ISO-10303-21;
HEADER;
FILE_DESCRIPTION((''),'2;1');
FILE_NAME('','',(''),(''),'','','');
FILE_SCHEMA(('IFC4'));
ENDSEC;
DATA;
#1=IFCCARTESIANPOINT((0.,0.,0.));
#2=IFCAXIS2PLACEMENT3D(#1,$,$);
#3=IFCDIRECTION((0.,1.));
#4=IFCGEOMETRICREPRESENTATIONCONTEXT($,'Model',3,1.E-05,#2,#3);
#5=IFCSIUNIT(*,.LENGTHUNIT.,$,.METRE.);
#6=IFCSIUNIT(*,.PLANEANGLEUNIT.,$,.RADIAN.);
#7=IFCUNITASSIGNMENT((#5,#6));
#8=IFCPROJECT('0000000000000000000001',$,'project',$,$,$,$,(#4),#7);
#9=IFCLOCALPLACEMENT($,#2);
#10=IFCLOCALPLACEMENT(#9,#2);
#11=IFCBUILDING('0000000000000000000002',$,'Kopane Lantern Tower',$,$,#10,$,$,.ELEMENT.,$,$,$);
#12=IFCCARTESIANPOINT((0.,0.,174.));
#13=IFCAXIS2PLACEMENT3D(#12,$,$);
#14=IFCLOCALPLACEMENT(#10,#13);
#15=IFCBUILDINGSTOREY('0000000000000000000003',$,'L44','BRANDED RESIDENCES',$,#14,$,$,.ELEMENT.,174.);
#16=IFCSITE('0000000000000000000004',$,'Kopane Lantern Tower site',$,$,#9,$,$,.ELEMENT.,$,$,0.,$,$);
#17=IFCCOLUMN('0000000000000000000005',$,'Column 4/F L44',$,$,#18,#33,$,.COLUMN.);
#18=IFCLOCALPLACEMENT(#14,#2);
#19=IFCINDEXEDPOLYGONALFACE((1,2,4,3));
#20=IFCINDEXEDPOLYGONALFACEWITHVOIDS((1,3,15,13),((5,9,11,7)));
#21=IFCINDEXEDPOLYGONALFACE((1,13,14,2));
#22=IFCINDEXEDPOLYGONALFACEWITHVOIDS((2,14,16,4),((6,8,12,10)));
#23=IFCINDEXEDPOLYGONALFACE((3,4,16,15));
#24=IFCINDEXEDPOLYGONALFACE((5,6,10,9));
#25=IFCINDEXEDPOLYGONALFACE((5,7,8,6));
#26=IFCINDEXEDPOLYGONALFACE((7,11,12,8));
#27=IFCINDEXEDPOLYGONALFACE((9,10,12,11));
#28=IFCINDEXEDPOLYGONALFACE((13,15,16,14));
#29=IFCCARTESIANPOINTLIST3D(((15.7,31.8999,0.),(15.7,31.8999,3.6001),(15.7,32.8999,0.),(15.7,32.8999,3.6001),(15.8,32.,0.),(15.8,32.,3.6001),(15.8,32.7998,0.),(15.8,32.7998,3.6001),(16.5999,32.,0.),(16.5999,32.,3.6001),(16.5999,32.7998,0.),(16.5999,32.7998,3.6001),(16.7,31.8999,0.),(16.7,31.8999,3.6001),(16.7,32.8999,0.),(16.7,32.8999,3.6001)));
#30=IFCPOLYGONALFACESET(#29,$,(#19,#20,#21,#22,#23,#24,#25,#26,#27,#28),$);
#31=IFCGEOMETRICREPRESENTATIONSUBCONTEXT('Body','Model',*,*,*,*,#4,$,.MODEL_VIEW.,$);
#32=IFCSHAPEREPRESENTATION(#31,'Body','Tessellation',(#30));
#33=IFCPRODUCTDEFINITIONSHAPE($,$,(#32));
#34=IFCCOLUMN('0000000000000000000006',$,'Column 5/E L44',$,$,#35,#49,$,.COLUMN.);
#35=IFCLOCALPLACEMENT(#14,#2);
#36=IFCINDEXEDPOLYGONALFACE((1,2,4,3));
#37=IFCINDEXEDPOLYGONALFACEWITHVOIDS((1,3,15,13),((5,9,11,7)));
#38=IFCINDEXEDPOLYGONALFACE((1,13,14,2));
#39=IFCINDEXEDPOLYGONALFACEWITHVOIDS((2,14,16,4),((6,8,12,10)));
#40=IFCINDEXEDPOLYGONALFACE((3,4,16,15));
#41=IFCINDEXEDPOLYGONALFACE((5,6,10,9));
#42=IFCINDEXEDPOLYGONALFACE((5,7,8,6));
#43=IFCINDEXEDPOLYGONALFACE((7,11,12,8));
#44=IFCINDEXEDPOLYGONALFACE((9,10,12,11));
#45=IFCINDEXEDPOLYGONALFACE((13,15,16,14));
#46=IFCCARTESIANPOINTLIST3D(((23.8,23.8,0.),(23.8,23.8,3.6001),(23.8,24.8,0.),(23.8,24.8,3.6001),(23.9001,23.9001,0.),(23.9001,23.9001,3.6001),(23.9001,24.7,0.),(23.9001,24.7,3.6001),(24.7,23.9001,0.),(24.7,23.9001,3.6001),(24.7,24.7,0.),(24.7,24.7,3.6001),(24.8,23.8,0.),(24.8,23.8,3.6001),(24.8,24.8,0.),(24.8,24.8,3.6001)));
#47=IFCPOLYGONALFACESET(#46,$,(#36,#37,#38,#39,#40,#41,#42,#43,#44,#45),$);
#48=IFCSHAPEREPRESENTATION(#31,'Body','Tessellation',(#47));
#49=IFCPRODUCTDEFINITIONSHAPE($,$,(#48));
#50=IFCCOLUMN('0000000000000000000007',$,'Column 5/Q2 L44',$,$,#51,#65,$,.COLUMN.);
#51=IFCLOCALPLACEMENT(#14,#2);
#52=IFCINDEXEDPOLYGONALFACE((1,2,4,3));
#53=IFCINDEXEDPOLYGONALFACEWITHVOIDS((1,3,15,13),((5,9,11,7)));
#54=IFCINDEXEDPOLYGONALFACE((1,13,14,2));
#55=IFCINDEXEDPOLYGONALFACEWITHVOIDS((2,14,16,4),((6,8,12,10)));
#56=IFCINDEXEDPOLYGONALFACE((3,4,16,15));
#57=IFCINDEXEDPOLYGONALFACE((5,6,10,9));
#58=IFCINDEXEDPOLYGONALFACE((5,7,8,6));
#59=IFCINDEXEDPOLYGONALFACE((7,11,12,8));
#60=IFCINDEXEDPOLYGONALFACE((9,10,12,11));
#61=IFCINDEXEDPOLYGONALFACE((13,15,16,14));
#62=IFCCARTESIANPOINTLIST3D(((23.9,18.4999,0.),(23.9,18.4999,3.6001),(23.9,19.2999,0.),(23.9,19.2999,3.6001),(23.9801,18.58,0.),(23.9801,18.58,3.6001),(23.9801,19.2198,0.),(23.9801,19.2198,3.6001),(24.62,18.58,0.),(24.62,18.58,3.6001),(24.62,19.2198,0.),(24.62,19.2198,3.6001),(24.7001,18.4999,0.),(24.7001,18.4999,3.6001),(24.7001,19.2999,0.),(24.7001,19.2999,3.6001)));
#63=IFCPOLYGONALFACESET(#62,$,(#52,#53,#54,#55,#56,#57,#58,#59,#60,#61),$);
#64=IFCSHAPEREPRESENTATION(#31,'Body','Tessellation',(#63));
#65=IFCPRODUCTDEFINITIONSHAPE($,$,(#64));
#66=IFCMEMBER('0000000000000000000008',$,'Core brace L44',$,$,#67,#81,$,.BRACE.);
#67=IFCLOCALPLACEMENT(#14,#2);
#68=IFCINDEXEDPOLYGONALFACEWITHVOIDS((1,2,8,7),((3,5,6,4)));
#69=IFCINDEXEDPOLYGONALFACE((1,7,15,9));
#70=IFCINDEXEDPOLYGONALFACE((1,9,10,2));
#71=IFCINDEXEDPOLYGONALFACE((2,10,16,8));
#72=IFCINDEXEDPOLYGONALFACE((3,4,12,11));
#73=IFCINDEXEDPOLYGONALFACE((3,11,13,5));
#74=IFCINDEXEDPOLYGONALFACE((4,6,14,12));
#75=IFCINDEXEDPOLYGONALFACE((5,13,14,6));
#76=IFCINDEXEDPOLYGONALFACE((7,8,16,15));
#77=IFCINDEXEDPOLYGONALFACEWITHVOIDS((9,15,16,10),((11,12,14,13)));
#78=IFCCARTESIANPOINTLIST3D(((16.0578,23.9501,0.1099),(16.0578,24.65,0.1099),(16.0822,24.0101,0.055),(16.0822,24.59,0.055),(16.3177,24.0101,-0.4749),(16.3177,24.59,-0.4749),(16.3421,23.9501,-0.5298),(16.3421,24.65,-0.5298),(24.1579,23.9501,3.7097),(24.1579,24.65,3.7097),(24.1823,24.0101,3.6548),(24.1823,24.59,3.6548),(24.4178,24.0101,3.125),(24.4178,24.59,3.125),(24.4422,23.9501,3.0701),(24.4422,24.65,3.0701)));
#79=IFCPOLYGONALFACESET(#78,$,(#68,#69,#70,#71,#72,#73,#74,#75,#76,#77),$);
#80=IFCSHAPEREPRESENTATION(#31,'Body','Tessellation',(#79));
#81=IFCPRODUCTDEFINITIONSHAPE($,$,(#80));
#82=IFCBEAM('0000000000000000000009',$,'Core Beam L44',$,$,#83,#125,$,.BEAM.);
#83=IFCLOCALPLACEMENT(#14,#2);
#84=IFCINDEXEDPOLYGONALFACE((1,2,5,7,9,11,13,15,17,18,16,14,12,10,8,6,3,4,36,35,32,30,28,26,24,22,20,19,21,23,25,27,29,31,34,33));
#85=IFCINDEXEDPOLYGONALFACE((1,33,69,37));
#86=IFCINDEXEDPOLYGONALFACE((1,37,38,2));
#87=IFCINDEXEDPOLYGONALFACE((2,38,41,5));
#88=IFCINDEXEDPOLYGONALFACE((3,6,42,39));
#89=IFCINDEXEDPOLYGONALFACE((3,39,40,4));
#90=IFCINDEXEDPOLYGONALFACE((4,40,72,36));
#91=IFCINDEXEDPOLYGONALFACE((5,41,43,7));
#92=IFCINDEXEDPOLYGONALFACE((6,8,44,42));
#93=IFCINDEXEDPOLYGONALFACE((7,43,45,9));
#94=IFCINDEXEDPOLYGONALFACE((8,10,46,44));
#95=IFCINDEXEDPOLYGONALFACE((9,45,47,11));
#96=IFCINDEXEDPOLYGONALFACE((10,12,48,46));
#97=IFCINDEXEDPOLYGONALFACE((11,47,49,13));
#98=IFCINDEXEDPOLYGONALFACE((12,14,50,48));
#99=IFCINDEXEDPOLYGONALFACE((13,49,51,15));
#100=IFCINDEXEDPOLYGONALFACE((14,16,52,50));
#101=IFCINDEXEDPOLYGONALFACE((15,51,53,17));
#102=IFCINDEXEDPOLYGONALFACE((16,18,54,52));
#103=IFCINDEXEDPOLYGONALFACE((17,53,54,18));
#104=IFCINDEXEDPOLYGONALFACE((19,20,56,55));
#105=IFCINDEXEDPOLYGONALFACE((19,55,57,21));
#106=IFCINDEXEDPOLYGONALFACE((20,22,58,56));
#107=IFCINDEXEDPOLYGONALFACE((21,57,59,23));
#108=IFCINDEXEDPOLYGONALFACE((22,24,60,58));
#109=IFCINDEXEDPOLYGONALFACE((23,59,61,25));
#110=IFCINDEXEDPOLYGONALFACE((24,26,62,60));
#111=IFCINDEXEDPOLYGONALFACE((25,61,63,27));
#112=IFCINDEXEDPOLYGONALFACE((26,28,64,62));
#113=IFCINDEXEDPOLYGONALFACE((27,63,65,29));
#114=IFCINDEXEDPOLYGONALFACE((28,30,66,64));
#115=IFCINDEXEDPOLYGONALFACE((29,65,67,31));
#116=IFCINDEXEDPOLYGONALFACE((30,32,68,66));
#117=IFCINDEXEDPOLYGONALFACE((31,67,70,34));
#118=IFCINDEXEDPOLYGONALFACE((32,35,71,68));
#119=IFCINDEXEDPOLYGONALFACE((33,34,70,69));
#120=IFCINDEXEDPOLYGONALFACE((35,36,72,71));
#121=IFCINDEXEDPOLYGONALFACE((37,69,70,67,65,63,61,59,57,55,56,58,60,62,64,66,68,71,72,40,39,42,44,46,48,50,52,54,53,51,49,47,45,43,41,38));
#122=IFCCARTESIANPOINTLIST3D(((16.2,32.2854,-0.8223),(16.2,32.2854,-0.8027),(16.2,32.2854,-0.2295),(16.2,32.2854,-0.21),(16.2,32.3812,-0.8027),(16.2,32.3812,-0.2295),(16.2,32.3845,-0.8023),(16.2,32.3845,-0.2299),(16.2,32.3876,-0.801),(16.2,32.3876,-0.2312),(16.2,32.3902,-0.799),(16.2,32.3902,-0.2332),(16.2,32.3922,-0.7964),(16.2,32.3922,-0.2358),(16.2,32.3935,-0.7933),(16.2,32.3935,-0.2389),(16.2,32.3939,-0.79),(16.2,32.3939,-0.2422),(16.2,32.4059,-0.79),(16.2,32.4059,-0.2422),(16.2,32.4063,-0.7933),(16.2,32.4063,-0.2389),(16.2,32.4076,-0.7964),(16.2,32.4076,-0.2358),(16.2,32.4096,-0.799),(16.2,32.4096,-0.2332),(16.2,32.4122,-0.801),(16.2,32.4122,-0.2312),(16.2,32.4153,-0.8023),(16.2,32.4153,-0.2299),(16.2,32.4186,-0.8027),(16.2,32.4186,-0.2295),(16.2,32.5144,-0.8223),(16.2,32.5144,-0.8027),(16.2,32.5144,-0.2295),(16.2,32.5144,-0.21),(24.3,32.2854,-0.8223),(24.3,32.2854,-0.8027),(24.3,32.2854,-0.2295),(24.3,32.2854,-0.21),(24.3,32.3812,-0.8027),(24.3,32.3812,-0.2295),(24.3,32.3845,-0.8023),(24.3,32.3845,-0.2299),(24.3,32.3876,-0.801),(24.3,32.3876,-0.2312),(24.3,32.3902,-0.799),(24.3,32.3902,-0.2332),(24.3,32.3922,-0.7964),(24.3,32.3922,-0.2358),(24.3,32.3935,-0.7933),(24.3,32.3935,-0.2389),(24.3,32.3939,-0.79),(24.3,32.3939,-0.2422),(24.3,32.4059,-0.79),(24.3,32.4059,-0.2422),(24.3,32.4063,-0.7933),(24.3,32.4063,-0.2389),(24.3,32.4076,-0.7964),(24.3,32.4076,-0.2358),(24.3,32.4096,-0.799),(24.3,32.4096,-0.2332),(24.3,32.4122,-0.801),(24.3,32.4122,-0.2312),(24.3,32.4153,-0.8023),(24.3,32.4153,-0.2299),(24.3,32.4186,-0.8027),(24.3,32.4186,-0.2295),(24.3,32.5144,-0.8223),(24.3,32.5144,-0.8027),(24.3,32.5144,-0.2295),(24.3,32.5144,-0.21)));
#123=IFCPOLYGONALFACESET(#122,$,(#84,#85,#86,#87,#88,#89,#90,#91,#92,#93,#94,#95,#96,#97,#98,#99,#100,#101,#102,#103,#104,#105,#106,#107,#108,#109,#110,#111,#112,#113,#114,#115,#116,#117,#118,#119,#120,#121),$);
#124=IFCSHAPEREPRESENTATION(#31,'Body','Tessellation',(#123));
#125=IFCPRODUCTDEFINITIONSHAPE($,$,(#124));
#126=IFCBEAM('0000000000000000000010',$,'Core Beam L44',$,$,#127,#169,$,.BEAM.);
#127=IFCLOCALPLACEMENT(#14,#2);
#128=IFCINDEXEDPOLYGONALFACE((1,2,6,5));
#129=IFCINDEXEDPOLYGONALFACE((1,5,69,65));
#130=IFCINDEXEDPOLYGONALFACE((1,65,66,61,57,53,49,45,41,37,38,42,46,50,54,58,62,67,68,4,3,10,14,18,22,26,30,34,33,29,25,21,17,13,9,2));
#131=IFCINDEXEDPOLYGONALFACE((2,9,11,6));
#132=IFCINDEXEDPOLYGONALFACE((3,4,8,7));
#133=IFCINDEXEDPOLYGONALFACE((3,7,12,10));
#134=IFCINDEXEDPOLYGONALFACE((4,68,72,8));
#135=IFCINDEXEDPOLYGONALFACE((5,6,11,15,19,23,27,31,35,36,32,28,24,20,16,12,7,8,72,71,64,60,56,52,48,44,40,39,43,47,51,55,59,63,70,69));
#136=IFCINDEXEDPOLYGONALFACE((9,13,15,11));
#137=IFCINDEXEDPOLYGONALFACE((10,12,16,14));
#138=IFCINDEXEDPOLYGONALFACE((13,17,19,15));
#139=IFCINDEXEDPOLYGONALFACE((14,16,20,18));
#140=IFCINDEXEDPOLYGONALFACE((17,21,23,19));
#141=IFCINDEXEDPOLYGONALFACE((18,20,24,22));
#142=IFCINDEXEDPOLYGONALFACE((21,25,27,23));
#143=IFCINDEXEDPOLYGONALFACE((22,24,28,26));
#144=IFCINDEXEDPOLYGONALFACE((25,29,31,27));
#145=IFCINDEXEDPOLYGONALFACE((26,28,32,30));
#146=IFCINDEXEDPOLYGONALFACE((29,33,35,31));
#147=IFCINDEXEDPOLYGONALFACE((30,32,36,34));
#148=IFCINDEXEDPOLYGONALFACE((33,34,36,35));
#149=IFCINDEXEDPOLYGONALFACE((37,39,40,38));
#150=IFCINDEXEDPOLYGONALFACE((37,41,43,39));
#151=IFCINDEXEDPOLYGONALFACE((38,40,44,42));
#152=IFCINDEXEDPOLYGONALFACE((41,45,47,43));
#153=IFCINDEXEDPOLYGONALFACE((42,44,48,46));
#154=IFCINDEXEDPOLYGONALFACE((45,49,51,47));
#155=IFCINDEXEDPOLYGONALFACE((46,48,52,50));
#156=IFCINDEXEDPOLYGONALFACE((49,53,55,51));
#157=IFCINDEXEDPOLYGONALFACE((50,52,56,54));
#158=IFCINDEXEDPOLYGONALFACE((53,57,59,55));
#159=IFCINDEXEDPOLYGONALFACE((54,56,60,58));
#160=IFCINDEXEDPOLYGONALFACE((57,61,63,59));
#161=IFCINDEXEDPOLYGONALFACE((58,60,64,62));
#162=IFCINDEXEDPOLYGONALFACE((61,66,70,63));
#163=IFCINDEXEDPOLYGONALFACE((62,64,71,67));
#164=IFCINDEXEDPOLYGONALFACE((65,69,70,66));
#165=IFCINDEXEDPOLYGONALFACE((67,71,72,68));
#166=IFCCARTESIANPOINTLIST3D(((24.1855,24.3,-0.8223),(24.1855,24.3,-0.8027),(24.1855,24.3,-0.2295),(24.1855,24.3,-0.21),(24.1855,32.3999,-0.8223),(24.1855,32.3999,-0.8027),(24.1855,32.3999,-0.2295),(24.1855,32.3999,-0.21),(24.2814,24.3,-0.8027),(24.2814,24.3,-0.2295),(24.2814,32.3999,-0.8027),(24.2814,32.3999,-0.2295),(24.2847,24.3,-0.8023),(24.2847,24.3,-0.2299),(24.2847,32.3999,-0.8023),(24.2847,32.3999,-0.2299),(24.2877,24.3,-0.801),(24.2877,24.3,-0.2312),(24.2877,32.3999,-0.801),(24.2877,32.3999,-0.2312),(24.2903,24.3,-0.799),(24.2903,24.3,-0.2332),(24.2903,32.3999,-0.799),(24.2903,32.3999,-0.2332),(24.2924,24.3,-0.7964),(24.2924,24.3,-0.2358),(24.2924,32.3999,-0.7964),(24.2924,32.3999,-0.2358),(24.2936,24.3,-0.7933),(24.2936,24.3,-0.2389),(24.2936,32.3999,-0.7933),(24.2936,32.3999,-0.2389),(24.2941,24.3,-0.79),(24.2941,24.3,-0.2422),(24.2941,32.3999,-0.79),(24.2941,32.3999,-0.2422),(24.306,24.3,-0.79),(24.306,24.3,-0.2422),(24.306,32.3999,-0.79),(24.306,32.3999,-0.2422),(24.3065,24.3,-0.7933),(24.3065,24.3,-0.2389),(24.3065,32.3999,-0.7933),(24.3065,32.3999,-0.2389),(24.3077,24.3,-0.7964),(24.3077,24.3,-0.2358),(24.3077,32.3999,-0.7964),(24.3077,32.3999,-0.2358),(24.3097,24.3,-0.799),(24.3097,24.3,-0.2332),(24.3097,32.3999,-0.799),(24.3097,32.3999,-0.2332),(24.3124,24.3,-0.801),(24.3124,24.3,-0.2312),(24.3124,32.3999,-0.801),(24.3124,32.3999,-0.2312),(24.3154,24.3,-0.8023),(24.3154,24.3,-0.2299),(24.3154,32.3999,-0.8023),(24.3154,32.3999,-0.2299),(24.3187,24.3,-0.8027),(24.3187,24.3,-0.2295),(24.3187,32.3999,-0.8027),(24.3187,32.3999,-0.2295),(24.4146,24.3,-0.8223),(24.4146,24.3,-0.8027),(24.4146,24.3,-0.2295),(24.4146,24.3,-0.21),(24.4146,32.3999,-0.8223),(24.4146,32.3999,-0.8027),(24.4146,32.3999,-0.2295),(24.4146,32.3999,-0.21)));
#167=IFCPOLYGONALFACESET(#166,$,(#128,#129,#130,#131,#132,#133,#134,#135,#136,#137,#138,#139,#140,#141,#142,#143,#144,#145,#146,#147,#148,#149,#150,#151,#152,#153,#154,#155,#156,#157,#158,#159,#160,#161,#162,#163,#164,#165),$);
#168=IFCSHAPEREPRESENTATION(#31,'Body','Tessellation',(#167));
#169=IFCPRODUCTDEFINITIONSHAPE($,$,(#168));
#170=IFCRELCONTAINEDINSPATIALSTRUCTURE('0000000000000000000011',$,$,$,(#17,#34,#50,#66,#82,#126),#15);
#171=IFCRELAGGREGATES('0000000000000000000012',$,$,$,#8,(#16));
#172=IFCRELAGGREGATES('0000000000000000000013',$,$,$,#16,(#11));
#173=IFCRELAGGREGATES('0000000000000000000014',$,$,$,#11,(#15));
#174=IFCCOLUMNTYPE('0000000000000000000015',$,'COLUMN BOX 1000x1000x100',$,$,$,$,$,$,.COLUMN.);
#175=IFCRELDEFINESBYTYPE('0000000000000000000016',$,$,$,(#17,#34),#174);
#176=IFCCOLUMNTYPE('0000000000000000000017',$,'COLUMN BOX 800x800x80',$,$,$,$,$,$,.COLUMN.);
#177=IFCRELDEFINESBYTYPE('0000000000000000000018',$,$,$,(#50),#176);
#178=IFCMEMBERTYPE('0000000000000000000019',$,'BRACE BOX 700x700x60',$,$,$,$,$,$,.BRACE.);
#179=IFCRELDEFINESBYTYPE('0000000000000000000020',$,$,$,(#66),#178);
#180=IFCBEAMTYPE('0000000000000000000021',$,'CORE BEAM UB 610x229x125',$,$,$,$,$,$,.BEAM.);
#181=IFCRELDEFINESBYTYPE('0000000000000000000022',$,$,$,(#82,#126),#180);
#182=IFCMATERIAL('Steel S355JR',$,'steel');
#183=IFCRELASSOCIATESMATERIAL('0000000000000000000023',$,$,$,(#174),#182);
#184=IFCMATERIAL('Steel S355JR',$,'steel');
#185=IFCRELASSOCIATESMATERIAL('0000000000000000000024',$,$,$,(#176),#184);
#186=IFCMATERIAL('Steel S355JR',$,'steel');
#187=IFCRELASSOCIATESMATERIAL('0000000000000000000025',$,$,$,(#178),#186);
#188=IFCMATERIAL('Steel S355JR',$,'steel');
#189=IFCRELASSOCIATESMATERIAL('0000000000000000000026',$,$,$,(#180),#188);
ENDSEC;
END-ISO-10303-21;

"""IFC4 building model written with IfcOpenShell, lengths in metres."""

from ifc_helpers import new_model, si_unit, direction, frame, origin, origin_2d, place, context, subcontext, project, spatial, hollow_rectangle, i_section, extrude, material, material_profile, profile_set, type_object, element, save


model = new_model("IFC4")

# Units and contexts
model_context = context("Model", 3, precision=1e-05, world=origin(), true_north=direction((0.0, 1.0)))
body_context = subcontext(model_context, "Body", "Model", "MODEL_VIEW")
ifc_project = project(units=[si_unit("LENGTHUNIT", "METRE"), si_unit("PLANEANGLEUNIT", "RADIAN")], contexts=[model_context])

# Site, building, storey
site_placement = place(None, origin())
site = spatial("IfcSite", under=ifc_project, at=site_placement, Name="Kopane Lantern Tower site", CompositionType="ELEMENT", RefElevation=0.0)
building_placement = place(site_placement, origin())
building = spatial("IfcBuilding", under=site, at=building_placement, Name="Kopane Lantern Tower", CompositionType="ELEMENT")
storey_placement = place(building_placement, frame((0.0, 0.0, 174.0)))
storey = spatial("IfcBuildingStorey", under=building, at=storey_placement, Name="L44", Description="BRANDED RESIDENCES", CompositionType="ELEMENT", Elevation=174.0)

# Columns
ifc_material_1 = material(Name="Steel S355JR", Category="steel")
ifc_material_profile_1 = material_profile(ifc_material_1, hollow_rectangle(XDim=1.0, YDim=1.0, WallThickness=0.1001, at=origin_2d()), Name="BOX 1000x1000x100")
ifc_profile_set_1 = profile_set([ifc_material_profile_1], Name="Steel S355JR")
column_type_1 = type_object("IfcColumnType", Name="COLUMN BOX 1000x1000x100", PredefinedType="COLUMN", material=ifc_profile_set_1)
for number, where, z_axis, x_axis, name in (
    (1, (16.2, 32.3999, 0.0), (0.0, 0.0, 1.0), (1.0, 0.0, 0.0), "Column 4/F L44"),
    (2, (24.3, 24.3, 0.0), (0.0, 0.0, 1.0), (1.0, 0.0, 0.0), "Column 5/E L44"),
):
    element("IfcColumn", number, at=place(storey_placement, frame(where, z_axis=z_axis, x_axis=x_axis)), inside=storey, type_object=column_type_1, Name=name, PredefinedType="COLUMN", context=body_context, shape_type="SweptSolid", body=[
        extrude(hollow_rectangle(XDim=1.0, YDim=1.0, WallThickness=0.1001, at=origin_2d()), origin(), (0.0, 0.0, 1.0), 3.6001),
    ])
ifc_material_2 = material(Name="Steel S355JR", Category="steel")
ifc_material_profile_2 = material_profile(ifc_material_2, hollow_rectangle(XDim=0.8, YDim=0.8, WallThickness=0.0801, at=origin_2d()), Name="BOX 800x800x80")
ifc_profile_set_2 = profile_set([ifc_material_profile_2], Name="Steel S355JR")
column_type_2 = type_object("IfcColumnType", Name="COLUMN BOX 800x800x80", PredefinedType="COLUMN", material=ifc_profile_set_2)
column_placement = place(storey_placement, frame((24.3, 18.8999, 0.0), z_axis=(0.0, 0.0, 1.0), x_axis=(1.0, 0.0, 0.0)))
element("IfcColumn", 3, at=column_placement, inside=storey, type_object=column_type_2, Name="Column 5/Q2 L44", PredefinedType="COLUMN", context=body_context, shape_type="SweptSolid", body=[
    extrude(hollow_rectangle(XDim=0.8, YDim=0.8, WallThickness=0.0801, at=origin_2d()), origin(), (0.0, 0.0, 1.0), 3.6001),
])

# Member
ifc_material_3 = material(Name="Steel S355JR", Category="steel")
ifc_material_profile_3 = material_profile(ifc_material_3, hollow_rectangle(XDim=0.7, YDim=0.7, WallThickness=0.0601, at=origin_2d()), Name="BOX 700x700x60")
ifc_profile_set_3 = profile_set([ifc_material_profile_3], Name="Steel S355JR")
member_type = type_object("IfcMemberType", Name="BRACE BOX 700x700x60", PredefinedType="BRACE", material=ifc_profile_set_3)
member_placement = place(storey_placement, frame((16.2, 24.3, -0.21), z_axis=(0.913819, 0.0, 0.406121), x_axis=(0.0, 1.0, 0.0)))
element("IfcMember", 4, at=member_placement, inside=storey, type_object=member_type, Name="Core brace L44", PredefinedType="BRACE", context=body_context, shape_type="SweptSolid", body=[
    extrude(hollow_rectangle(XDim=0.7, YDim=0.7, WallThickness=0.0601, at=origin_2d()), origin(), (0.0, 0.0, 1.0), 8.864),
])

# Beams
ifc_material_4 = material(Name="Steel S355JR", Category="steel")
ifc_material_profile_4 = material_profile(ifc_material_4, i_section(OverallWidth=0.229, OverallDepth=0.6123, WebThickness=0.012, FlangeThickness=0.0195, FilletRadius=0.0127, at=origin_2d()), Name="UB 610x229x125")
ifc_profile_set_4 = profile_set([ifc_material_profile_4], Name="Steel S355JR")
beam_type_1 = type_object("IfcBeamType", Name="CORE BEAM UB 610x229x125", PredefinedType="BEAM", material=ifc_profile_set_4)
beam_1_placement = place(storey_placement, frame((16.2, 32.3999, -0.5161), z_axis=(1.0, 0.0, 0.0), x_axis=(0.0, 1.0, 0.0)))
element("IfcBeam", 5, at=beam_1_placement, inside=storey, type_object=beam_type_1, Name="Core Beam L44", PredefinedType="BEAM", context=body_context, shape_type="SweptSolid", body=[
    extrude(i_section(OverallWidth=0.229, OverallDepth=0.6123, WebThickness=0.012, FlangeThickness=0.0195, FilletRadius=0.0127, at=origin_2d()), origin(), (0.0, 0.0, 1.0), 8.1001),
])
beam_2_placement = place(storey_placement, frame((24.3, 24.3, -0.5161), z_axis=(0.0, 1.0, 0.0), x_axis=(-1.0, 0.0, 0.0)))
element("IfcBeam", 6, at=beam_2_placement, inside=storey, type_object=beam_type_1, Name="Core Beam L44", PredefinedType="BEAM", context=body_context, shape_type="SweptSolid", body=[
    extrude(i_section(OverallWidth=0.229, OverallDepth=0.6123, WebThickness=0.012, FlangeThickness=0.0195, FilletRadius=0.0127, at=origin_2d()), origin(), (0.0, 0.0, 1.0), 8.0999),
])

save(model, "model.ifc")
